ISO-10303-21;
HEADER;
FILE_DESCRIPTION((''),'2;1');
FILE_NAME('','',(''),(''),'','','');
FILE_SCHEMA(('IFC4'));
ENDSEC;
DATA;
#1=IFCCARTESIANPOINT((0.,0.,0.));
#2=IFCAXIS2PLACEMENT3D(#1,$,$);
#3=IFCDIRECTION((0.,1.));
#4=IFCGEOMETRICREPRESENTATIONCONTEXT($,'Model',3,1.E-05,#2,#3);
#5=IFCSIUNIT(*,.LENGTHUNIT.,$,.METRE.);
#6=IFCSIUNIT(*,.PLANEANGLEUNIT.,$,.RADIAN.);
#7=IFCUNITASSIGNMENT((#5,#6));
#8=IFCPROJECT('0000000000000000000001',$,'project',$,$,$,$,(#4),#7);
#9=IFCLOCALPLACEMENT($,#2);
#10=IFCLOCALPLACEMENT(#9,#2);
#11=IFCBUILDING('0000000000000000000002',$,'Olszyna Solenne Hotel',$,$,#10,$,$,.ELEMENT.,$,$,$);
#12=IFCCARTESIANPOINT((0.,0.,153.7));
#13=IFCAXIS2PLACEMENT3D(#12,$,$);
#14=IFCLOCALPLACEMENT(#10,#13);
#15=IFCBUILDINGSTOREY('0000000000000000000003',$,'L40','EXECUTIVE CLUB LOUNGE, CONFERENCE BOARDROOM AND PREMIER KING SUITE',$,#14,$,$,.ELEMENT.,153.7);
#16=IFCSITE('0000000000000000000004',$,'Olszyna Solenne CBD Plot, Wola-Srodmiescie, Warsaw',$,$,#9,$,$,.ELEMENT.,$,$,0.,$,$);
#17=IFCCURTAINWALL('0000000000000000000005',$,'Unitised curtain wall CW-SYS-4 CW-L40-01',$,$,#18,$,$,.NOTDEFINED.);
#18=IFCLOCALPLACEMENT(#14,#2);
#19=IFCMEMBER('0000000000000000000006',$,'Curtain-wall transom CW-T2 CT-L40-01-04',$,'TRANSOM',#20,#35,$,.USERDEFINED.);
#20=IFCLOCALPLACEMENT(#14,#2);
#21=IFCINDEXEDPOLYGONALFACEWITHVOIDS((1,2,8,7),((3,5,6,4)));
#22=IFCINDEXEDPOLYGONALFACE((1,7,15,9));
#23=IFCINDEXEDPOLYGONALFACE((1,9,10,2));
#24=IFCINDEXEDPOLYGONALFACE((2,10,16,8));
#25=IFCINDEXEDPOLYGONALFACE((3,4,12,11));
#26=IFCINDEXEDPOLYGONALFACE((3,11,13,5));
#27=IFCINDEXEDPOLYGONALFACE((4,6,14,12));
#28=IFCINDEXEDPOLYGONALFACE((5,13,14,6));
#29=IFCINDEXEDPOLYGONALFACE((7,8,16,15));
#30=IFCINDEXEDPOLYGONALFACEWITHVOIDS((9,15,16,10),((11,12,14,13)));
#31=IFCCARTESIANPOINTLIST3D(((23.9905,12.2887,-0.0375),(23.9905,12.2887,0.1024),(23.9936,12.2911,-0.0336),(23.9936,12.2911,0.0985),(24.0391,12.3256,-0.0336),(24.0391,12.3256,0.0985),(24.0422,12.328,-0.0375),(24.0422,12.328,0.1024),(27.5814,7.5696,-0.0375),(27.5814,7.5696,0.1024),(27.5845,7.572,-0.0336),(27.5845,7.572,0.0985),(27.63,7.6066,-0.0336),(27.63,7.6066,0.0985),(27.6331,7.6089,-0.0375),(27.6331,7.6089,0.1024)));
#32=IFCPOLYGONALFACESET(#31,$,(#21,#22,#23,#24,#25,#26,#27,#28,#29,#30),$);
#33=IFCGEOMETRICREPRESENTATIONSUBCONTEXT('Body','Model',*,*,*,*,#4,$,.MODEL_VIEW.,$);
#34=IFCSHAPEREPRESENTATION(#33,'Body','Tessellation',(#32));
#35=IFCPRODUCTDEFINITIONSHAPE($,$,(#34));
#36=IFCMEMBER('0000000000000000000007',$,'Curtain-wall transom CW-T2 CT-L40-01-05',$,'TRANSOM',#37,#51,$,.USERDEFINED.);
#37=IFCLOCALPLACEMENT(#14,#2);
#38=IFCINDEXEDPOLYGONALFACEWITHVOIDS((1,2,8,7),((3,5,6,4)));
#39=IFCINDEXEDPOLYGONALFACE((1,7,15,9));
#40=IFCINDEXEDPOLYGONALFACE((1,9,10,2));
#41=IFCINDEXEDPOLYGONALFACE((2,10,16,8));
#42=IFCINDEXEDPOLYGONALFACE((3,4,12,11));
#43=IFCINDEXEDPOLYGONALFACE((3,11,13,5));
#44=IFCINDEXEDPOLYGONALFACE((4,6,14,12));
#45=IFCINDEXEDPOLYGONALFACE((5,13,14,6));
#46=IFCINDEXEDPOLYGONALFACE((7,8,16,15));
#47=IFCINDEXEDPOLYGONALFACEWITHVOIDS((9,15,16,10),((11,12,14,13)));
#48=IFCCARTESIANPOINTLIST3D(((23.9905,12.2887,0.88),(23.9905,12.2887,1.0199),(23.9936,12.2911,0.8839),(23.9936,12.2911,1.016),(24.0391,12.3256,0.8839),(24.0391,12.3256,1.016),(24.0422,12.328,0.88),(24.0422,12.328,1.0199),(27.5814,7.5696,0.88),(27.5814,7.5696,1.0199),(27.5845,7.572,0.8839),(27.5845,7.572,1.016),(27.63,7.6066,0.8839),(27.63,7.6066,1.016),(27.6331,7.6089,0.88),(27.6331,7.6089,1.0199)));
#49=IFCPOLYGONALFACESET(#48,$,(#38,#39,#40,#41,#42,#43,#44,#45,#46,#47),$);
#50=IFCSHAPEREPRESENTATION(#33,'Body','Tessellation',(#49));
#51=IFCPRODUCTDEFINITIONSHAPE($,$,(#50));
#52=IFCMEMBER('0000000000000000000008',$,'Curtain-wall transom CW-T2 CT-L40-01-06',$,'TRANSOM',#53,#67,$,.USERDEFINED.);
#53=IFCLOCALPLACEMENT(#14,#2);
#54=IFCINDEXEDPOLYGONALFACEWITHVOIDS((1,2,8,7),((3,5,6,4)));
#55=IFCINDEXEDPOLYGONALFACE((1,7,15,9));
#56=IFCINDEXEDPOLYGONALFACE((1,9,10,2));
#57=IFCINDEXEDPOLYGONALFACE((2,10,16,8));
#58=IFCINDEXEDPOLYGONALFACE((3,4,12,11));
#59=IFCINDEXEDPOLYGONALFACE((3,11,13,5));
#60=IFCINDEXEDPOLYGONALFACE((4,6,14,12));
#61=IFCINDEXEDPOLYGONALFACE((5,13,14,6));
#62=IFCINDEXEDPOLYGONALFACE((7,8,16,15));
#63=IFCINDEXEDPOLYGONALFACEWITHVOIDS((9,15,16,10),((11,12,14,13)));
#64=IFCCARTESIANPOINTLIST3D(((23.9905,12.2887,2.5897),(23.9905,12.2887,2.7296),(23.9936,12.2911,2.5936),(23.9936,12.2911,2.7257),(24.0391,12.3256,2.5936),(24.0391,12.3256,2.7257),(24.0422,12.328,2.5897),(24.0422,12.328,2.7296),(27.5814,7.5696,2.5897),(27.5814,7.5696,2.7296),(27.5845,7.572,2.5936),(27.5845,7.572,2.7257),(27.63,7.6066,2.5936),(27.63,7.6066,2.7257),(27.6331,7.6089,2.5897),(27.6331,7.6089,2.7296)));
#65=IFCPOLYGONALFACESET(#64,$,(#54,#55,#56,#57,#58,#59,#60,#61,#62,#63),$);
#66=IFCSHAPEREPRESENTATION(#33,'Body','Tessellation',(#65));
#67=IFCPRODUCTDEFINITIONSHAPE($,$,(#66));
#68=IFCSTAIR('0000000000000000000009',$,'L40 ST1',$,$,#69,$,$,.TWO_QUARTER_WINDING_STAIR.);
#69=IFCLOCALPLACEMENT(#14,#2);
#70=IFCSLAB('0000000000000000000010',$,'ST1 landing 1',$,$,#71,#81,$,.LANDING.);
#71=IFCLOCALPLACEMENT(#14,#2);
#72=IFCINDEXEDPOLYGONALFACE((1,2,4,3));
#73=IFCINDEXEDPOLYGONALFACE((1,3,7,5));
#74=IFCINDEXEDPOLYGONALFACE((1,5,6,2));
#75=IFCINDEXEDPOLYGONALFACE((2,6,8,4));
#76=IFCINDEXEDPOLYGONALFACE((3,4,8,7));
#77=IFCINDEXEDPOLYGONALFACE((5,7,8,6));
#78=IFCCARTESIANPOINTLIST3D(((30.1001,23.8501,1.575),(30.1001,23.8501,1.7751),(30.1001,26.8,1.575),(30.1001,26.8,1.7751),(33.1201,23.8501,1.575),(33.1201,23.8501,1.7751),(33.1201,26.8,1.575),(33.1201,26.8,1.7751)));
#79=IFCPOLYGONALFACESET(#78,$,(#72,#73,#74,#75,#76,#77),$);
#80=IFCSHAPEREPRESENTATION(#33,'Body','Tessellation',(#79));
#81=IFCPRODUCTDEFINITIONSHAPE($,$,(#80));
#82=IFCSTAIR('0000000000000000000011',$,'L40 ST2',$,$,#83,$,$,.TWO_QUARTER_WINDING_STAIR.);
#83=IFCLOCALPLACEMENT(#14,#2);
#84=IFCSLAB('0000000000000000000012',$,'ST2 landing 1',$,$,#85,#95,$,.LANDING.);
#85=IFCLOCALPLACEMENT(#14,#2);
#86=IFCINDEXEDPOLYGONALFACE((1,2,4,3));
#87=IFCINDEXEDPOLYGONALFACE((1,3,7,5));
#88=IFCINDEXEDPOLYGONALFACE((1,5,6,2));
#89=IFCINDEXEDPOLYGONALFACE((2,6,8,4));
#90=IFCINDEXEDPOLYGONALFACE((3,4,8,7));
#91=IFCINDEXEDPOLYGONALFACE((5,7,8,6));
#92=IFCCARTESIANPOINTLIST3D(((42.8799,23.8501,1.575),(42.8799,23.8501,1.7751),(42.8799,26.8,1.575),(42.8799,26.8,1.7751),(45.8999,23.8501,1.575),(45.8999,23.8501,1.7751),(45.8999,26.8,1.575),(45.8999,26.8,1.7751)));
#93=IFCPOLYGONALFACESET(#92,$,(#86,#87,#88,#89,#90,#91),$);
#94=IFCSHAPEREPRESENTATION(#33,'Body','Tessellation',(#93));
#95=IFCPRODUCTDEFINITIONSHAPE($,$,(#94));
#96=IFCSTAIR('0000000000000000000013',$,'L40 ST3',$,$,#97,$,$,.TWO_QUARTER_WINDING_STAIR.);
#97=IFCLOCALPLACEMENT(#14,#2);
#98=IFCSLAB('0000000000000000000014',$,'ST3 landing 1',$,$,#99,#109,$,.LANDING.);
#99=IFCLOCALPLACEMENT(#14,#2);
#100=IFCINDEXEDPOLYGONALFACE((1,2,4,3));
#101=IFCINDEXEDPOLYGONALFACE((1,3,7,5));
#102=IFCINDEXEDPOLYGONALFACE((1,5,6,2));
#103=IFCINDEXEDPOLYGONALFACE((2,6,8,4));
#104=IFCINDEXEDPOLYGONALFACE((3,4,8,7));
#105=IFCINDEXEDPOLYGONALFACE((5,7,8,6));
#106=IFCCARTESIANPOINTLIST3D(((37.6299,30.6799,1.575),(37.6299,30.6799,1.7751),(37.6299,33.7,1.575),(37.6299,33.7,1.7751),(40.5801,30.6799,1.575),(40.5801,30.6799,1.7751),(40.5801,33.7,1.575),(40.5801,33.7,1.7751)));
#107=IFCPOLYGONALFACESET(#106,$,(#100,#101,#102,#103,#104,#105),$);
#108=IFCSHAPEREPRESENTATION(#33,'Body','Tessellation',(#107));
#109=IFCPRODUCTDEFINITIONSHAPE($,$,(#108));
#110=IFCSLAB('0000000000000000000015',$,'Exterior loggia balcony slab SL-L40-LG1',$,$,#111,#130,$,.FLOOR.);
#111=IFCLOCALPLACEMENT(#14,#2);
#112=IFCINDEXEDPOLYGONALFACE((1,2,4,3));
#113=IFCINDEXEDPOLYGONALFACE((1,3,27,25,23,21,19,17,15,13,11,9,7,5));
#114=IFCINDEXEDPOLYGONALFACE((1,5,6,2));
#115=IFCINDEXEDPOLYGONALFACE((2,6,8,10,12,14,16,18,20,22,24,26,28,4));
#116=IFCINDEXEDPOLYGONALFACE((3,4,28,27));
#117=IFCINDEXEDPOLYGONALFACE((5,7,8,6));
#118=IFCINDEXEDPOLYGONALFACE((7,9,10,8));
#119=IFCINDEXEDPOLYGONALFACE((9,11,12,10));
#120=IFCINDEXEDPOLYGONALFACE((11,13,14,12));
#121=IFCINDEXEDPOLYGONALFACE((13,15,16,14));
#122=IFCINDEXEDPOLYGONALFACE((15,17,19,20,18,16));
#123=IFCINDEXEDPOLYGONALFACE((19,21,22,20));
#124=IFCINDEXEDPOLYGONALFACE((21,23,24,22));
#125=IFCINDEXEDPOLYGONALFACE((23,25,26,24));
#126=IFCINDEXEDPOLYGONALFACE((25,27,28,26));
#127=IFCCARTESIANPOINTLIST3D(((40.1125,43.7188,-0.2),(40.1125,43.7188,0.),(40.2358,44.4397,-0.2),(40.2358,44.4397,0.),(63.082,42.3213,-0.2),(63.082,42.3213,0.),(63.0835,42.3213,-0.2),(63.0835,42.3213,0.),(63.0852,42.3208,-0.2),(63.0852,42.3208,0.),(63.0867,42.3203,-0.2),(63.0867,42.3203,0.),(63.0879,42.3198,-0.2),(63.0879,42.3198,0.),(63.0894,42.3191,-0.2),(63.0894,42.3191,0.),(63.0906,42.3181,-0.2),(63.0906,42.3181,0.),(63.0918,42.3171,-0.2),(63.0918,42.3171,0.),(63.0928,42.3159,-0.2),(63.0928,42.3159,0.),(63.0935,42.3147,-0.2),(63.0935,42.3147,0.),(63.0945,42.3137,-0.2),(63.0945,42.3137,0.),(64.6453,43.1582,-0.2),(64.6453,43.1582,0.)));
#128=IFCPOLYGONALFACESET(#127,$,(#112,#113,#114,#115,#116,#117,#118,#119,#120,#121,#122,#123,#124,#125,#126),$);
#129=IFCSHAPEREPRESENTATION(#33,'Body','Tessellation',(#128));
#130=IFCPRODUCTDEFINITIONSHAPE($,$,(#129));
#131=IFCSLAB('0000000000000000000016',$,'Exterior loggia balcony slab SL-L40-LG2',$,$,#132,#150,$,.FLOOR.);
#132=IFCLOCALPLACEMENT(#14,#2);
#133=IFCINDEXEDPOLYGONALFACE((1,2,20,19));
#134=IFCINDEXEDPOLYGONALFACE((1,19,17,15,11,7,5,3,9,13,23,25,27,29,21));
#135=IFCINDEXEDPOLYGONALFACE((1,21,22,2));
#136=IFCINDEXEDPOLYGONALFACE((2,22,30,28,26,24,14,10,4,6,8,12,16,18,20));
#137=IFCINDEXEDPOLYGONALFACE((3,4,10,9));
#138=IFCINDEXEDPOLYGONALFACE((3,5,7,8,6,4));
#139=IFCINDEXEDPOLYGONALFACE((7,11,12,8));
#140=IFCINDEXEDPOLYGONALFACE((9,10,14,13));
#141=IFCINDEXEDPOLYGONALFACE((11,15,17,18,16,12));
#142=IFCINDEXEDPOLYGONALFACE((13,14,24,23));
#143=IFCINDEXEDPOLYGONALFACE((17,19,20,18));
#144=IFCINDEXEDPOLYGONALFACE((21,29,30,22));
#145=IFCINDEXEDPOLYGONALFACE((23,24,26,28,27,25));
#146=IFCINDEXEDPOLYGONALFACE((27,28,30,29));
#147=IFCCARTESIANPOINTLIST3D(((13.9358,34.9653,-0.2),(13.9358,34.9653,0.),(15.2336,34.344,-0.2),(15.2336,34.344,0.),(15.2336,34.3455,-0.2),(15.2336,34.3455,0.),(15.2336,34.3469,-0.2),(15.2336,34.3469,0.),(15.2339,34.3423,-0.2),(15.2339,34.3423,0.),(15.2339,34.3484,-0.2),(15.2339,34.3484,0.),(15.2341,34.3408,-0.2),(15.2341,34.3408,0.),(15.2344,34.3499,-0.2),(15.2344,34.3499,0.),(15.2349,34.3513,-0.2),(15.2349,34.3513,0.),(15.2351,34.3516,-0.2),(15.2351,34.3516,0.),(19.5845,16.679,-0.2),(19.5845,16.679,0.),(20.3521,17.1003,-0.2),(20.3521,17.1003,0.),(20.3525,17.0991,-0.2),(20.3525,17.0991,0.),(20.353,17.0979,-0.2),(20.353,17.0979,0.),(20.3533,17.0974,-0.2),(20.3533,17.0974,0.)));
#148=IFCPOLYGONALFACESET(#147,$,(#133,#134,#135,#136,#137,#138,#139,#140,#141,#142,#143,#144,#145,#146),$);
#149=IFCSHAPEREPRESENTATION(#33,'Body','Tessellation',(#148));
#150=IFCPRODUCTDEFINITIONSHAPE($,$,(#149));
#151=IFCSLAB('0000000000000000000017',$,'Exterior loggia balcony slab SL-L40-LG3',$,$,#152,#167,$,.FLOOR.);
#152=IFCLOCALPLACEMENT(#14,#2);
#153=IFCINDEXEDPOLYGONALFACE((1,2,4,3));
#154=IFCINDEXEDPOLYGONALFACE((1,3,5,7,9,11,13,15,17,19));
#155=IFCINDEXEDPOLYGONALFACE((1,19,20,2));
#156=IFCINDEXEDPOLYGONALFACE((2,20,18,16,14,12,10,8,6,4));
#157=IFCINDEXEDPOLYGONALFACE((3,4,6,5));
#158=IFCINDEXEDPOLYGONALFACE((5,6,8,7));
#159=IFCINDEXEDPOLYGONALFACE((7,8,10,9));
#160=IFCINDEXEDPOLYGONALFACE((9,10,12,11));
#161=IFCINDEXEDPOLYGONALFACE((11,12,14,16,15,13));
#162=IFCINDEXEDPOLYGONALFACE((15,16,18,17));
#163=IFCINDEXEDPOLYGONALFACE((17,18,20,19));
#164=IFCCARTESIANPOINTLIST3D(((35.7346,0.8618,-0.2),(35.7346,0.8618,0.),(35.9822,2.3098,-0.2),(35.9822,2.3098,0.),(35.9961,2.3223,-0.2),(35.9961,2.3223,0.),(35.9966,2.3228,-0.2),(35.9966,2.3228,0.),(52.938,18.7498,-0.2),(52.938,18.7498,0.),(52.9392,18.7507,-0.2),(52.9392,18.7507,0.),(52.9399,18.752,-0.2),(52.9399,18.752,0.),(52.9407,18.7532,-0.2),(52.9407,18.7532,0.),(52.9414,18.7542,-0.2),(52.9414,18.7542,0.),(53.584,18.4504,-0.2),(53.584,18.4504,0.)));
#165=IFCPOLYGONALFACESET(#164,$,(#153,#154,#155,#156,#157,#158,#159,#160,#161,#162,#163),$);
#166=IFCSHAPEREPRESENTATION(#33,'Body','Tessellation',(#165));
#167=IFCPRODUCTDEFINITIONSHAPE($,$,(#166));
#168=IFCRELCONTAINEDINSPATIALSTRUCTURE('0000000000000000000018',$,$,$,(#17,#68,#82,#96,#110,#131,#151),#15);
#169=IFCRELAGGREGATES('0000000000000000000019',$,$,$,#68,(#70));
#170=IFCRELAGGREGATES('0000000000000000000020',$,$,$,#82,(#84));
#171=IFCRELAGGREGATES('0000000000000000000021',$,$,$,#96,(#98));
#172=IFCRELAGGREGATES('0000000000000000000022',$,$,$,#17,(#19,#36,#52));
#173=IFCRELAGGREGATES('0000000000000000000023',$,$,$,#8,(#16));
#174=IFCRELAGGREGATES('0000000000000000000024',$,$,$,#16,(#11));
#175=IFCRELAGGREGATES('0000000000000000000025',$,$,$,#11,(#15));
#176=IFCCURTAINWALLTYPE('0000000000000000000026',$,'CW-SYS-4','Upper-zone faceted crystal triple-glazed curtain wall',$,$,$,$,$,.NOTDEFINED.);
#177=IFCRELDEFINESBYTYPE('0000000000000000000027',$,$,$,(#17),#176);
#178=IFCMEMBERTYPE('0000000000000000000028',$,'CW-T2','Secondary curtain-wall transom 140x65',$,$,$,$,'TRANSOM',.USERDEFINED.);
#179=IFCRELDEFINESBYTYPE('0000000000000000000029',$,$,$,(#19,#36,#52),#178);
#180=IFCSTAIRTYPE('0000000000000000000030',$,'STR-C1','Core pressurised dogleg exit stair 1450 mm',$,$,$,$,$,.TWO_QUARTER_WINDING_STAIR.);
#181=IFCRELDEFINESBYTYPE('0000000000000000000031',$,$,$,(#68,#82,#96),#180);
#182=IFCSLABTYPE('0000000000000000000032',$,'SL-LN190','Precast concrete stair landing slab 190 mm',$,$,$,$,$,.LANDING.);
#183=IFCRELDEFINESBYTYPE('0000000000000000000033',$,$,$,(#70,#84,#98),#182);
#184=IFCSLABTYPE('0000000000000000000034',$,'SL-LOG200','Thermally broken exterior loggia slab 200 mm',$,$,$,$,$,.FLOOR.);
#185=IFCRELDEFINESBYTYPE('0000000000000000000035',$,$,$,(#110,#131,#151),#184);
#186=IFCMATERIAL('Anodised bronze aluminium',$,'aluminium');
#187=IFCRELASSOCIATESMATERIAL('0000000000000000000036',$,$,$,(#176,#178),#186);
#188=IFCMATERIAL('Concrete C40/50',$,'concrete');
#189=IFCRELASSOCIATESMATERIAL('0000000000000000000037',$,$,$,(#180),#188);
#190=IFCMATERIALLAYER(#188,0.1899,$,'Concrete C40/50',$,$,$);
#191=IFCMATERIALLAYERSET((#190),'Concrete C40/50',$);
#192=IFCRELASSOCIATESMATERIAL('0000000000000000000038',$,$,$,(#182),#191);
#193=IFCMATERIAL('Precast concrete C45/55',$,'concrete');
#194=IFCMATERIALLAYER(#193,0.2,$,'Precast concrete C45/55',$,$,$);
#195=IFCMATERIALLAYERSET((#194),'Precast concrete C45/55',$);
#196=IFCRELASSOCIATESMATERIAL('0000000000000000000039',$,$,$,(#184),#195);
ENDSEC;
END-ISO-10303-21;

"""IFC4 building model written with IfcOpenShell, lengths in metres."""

from ifc_helpers import new_model, si_unit, direction, frame, origin, origin_2d, place, context, subcontext, project, spatial, polyline, hollow_rectangle, outline, extrude, source, transform, mapped, material, layer, layer_set, material_profile, profile_set, type_object, element, aggregate, save


model = new_model("IFC4")

# Units and contexts
model_context = context("Model", 3, precision=1e-05, world=origin(), true_north=direction((0.0, 1.0)))
body_context = subcontext(model_context, "Body", "Model", "MODEL_VIEW")
ifc_project = project(units=[si_unit("LENGTHUNIT", "METRE"), si_unit("PLANEANGLEUNIT", "RADIAN")], contexts=[model_context])

# Site, building, storey
site_placement = place(None, origin())
site = spatial("IfcSite", under=ifc_project, at=site_placement, Name="Olszyna Solenne CBD Plot, Wola-Srodmiescie, Warsaw", CompositionType="ELEMENT", RefElevation=0.0)
building_placement = place(site_placement, origin())
building = spatial("IfcBuilding", under=site, at=building_placement, Name="Olszyna Solenne Hotel", CompositionType="ELEMENT")
storey_placement = place(building_placement, frame((0.0, 0.0, 153.7)))
storey = spatial("IfcBuildingStorey", under=building, at=storey_placement, Name="L40", Description="EXECUTIVE CLUB LOUNGE, CONFERENCE BOARDROOM AND PREMIER KING SUITE", CompositionType="ELEMENT", Elevation=153.7)

# Curtain wall, members
ifc_material_1 = material(Name="Anodised bronze aluminium", Category="aluminium")
curtain_wall_type = type_object("IfcCurtainWallType", Name="CW-SYS-4", Description="Upper-zone faceted crystal triple-glazed curtain wall", PredefinedType="NOTDEFINED", material=ifc_material_1)
curtain_wall_placement = place(storey_placement, origin())
curtain_wall = element("IfcCurtainWall", 1, at=curtain_wall_placement, inside=storey, type_object=curtain_wall_type, Name="Unitised curtain wall CW-SYS-4 CW-L40-01", PredefinedType="NOTDEFINED")
ifc_material_profile_1 = material_profile(ifc_material_1, hollow_rectangle(XDim=0.0649, YDim=0.1399, WallThickness=0.0039, at=origin_2d()), Name="TRAN 140x65x4", Category="load-bearing")
ifc_profile_set_1 = profile_set([ifc_material_profile_1], Name="Anodised bronze aluminium")
member_type_1 = type_object("IfcMemberType", Name="CW-T2", Description="Secondary curtain-wall transom 140x65", ElementType="TRANSOM", PredefinedType="USERDEFINED", material=ifc_profile_set_1)
shared_shape_1 = source(origin(), body_context, "Body", "SweptSolid", [
    extrude(hollow_rectangle(XDim=0.0649, YDim=0.1399, WallThickness=0.0039, at=origin_2d()), origin(), (0.0, 0.0, 1.0), 5.9299),
])
member_1_placement = place(storey_placement, frame((24.0164, 12.3083, 0.0325), z_axis=(0.605552, -0.795806, 0.0), x_axis=(0.795806, 0.605552, 0.0)))
member_1 = element("IfcMember", 2, at=member_1_placement, type_object=member_type_1, Name="Curtain-wall transom CW-T2 CT-L40-01-04", ObjectType="TRANSOM", PredefinedType="USERDEFINED", context=body_context, shape_type="MappedRepresentation", body=[
    mapped(shared_shape_1, transform((0.0, 0.0, 0.0), x_axis=(1.0, 0.0, 0.0), y_axis=(0.0, 1.0, 0.0), z_axis=(0.0, 0.0, 1.0), scale=1.0)),
])
member_2_placement = place(storey_placement, frame((24.0164, 12.3083, 0.95), z_axis=(0.605552, -0.795806, 0.0), x_axis=(0.795806, 0.605552, 0.0)))
member_2 = element("IfcMember", 3, at=member_2_placement, type_object=member_type_1, Name="Curtain-wall transom CW-T2 CT-L40-01-05", ObjectType="TRANSOM", PredefinedType="USERDEFINED", context=body_context, shape_type="MappedRepresentation", body=[
    mapped(shared_shape_1, transform((0.0, 0.0, 0.0), x_axis=(1.0, 0.0, 0.0), y_axis=(0.0, 1.0, 0.0), z_axis=(0.0, 0.0, 1.0), scale=1.0)),
])
member_3_placement = place(storey_placement, frame((24.0164, 12.3083, 2.6597), z_axis=(0.605552, -0.795806, 0.0), x_axis=(0.795806, 0.605552, 0.0)))
member_3 = element("IfcMember", 4, at=member_3_placement, type_object=member_type_1, Name="Curtain-wall transom CW-T2 CT-L40-01-06", ObjectType="TRANSOM", PredefinedType="USERDEFINED", context=body_context, shape_type="MappedRepresentation", body=[
    mapped(shared_shape_1, transform((0.0, 0.0, 0.0), x_axis=(1.0, 0.0, 0.0), y_axis=(0.0, 1.0, 0.0), z_axis=(0.0, 0.0, 1.0), scale=1.0)),
])

# Stairs, slabs
ifc_material_2 = material(Name="Concrete C40/50", Category="concrete")
stair_type = type_object("IfcStairType", Name="STR-C1", Description="Core pressurised dogleg exit stair 1450 mm", PredefinedType="TWO_QUARTER_WINDING_STAIR", material=ifc_material_2)
stair_1_placement = place(storey_placement, origin())
stair_1 = element("IfcStair", 5, at=stair_1_placement, inside=storey, type_object=stair_type, Name="L40 ST1", PredefinedType="TWO_QUARTER_WINDING_STAIR")
ifc_layer_1 = layer(ifc_material_2, 0.1899, Name="Concrete C40/50")
ifc_layer_set_1 = layer_set([ifc_layer_1], Name="Concrete C40/50")
slab_type_1 = type_object("IfcSlabType", Name="SL-LN190", Description="Precast concrete stair landing slab 190 mm", PredefinedType="LANDING", material=ifc_layer_set_1)
slab_1_placement = place(storey_placement, frame((0.0, 0.0, 1.575)))
slab_1 = element("IfcSlab", 6, at=slab_1_placement, type_object=slab_type_1, Name="ST1 landing 1", PredefinedType="LANDING", context=body_context, shape_type="SweptSolid", body=[
    extrude(outline(polyline([(33.1201, 23.8501), (33.1201, 26.8), (30.1001, 26.8), (30.1001, 23.8501), (33.1201, 23.8501)])), origin(), (0.0, 0.0, 1.0), 0.2002),
])
aggregate(stair_1, [slab_1])
stair_2_placement = place(storey_placement, origin())
stair_2 = element("IfcStair", 7, at=stair_2_placement, inside=storey, type_object=stair_type, Name="L40 ST2", PredefinedType="TWO_QUARTER_WINDING_STAIR")
slab_2_placement = place(storey_placement, frame((0.0, 0.0, 1.575)))
slab_2 = element("IfcSlab", 8, at=slab_2_placement, type_object=slab_type_1, Name="ST2 landing 1", PredefinedType="LANDING", context=body_context, shape_type="SweptSolid", body=[
    extrude(outline(polyline([(45.8999, 23.8501), (45.8999, 26.8), (42.8799, 26.8), (42.8799, 23.8501), (45.8999, 23.8501)])), origin(), (0.0, 0.0, 1.0), 0.2002),
])
aggregate(stair_2, [slab_2])
stair_3_placement = place(storey_placement, origin())
stair_3 = element("IfcStair", 9, at=stair_3_placement, inside=storey, type_object=stair_type, Name="L40 ST3", PredefinedType="TWO_QUARTER_WINDING_STAIR")
slab_3_placement = place(storey_placement, frame((0.0, 0.0, 1.575)))
slab_3 = element("IfcSlab", 10, at=slab_3_placement, type_object=slab_type_1, Name="ST3 landing 1", PredefinedType="LANDING", context=body_context, shape_type="SweptSolid", body=[
    extrude(outline(polyline([(37.6299, 30.6799), (40.5801, 30.6799), (40.5801, 33.7), (37.6299, 33.7), (37.6299, 30.6799)])), origin(), (0.0, 0.0, 1.0), 0.2002),
])
aggregate(stair_3, [slab_3])

# Slabs
ifc_material_3 = material(Name="Precast concrete C45/55", Category="concrete")
ifc_layer_2 = layer(ifc_material_3, 0.2, Name="Precast concrete C45/55")
ifc_layer_set_2 = layer_set([ifc_layer_2], Name="Precast concrete C45/55")
slab_type_2 = type_object("IfcSlabType", Name="SL-LOG200", Description="Thermally broken exterior loggia slab 200 mm", PredefinedType="FLOOR", material=ifc_layer_set_2)
slab_4_placement = place(storey_placement, frame((0.0, 0.0, -0.2)))
element("IfcSlab", 11, at=slab_4_placement, inside=storey, type_object=slab_type_2, Name="Exterior loggia balcony slab SL-L40-LG1", PredefinedType="FLOOR", context=body_context, shape_type="SweptSolid", body=[
    extrude(outline(polyline([(40.1125, 43.7188), (63.082, 42.3213), (63.0835, 42.3213), (63.0852, 42.3208), (63.0867, 42.3203), (63.0879, 42.3198), (63.0894, 42.3191), (63.0906, 42.3181), (63.0918, 42.3171), (63.0928, 42.3159), (63.0935, 42.3147), (63.0945, 42.3137), (64.6453, 43.1582), (40.2358, 44.4397), (40.1125, 43.7188)])), origin(), (0.0, 0.0, 1.0), 0.2),
])
slab_5_placement = place(storey_placement, frame((0.0, 0.0, -0.2)))
element("IfcSlab", 12, at=slab_5_placement, inside=storey, type_object=slab_type_2, Name="Exterior loggia balcony slab SL-L40-LG2", PredefinedType="FLOOR", context=body_context, shape_type="SweptSolid", body=[
    extrude(outline(polyline([(20.3533, 17.0974), (20.353, 17.0979), (20.3525, 17.0991), (20.3521, 17.1003), (15.2341, 34.3408), (15.2339, 34.3423), (15.2336, 34.344), (15.2336, 34.3455), (15.2336, 34.3469), (15.2339, 34.3484), (15.2344, 34.3499), (15.2349, 34.3513), (15.2351, 34.3516), (13.9358, 34.9653), (19.5845, 16.679), (20.3533, 17.0974)])), origin(), (0.0, 0.0, 1.0), 0.2),
])
slab_6_placement = place(storey_placement, frame((0.0, 0.0, -0.2)))
element("IfcSlab", 13, at=slab_6_placement, inside=storey, type_object=slab_type_2, Name="Exterior loggia balcony slab SL-L40-LG3", PredefinedType="FLOOR", context=body_context, shape_type="SweptSolid", body=[
    extrude(outline(polyline([(52.9414, 18.7542), (52.9407, 18.7532), (52.9399, 18.752), (52.9392, 18.7507), (52.938, 18.7498), (35.9966, 2.3228), (35.9961, 2.3223), (35.9822, 2.3098), (35.7346, 0.8618), (53.584, 18.4504), (52.9414, 18.7542)])), origin(), (0.0, 0.0, 1.0), 0.2),
])

aggregate(curtain_wall, [member_1, member_2, member_3])

save(model, "model.ifc")
